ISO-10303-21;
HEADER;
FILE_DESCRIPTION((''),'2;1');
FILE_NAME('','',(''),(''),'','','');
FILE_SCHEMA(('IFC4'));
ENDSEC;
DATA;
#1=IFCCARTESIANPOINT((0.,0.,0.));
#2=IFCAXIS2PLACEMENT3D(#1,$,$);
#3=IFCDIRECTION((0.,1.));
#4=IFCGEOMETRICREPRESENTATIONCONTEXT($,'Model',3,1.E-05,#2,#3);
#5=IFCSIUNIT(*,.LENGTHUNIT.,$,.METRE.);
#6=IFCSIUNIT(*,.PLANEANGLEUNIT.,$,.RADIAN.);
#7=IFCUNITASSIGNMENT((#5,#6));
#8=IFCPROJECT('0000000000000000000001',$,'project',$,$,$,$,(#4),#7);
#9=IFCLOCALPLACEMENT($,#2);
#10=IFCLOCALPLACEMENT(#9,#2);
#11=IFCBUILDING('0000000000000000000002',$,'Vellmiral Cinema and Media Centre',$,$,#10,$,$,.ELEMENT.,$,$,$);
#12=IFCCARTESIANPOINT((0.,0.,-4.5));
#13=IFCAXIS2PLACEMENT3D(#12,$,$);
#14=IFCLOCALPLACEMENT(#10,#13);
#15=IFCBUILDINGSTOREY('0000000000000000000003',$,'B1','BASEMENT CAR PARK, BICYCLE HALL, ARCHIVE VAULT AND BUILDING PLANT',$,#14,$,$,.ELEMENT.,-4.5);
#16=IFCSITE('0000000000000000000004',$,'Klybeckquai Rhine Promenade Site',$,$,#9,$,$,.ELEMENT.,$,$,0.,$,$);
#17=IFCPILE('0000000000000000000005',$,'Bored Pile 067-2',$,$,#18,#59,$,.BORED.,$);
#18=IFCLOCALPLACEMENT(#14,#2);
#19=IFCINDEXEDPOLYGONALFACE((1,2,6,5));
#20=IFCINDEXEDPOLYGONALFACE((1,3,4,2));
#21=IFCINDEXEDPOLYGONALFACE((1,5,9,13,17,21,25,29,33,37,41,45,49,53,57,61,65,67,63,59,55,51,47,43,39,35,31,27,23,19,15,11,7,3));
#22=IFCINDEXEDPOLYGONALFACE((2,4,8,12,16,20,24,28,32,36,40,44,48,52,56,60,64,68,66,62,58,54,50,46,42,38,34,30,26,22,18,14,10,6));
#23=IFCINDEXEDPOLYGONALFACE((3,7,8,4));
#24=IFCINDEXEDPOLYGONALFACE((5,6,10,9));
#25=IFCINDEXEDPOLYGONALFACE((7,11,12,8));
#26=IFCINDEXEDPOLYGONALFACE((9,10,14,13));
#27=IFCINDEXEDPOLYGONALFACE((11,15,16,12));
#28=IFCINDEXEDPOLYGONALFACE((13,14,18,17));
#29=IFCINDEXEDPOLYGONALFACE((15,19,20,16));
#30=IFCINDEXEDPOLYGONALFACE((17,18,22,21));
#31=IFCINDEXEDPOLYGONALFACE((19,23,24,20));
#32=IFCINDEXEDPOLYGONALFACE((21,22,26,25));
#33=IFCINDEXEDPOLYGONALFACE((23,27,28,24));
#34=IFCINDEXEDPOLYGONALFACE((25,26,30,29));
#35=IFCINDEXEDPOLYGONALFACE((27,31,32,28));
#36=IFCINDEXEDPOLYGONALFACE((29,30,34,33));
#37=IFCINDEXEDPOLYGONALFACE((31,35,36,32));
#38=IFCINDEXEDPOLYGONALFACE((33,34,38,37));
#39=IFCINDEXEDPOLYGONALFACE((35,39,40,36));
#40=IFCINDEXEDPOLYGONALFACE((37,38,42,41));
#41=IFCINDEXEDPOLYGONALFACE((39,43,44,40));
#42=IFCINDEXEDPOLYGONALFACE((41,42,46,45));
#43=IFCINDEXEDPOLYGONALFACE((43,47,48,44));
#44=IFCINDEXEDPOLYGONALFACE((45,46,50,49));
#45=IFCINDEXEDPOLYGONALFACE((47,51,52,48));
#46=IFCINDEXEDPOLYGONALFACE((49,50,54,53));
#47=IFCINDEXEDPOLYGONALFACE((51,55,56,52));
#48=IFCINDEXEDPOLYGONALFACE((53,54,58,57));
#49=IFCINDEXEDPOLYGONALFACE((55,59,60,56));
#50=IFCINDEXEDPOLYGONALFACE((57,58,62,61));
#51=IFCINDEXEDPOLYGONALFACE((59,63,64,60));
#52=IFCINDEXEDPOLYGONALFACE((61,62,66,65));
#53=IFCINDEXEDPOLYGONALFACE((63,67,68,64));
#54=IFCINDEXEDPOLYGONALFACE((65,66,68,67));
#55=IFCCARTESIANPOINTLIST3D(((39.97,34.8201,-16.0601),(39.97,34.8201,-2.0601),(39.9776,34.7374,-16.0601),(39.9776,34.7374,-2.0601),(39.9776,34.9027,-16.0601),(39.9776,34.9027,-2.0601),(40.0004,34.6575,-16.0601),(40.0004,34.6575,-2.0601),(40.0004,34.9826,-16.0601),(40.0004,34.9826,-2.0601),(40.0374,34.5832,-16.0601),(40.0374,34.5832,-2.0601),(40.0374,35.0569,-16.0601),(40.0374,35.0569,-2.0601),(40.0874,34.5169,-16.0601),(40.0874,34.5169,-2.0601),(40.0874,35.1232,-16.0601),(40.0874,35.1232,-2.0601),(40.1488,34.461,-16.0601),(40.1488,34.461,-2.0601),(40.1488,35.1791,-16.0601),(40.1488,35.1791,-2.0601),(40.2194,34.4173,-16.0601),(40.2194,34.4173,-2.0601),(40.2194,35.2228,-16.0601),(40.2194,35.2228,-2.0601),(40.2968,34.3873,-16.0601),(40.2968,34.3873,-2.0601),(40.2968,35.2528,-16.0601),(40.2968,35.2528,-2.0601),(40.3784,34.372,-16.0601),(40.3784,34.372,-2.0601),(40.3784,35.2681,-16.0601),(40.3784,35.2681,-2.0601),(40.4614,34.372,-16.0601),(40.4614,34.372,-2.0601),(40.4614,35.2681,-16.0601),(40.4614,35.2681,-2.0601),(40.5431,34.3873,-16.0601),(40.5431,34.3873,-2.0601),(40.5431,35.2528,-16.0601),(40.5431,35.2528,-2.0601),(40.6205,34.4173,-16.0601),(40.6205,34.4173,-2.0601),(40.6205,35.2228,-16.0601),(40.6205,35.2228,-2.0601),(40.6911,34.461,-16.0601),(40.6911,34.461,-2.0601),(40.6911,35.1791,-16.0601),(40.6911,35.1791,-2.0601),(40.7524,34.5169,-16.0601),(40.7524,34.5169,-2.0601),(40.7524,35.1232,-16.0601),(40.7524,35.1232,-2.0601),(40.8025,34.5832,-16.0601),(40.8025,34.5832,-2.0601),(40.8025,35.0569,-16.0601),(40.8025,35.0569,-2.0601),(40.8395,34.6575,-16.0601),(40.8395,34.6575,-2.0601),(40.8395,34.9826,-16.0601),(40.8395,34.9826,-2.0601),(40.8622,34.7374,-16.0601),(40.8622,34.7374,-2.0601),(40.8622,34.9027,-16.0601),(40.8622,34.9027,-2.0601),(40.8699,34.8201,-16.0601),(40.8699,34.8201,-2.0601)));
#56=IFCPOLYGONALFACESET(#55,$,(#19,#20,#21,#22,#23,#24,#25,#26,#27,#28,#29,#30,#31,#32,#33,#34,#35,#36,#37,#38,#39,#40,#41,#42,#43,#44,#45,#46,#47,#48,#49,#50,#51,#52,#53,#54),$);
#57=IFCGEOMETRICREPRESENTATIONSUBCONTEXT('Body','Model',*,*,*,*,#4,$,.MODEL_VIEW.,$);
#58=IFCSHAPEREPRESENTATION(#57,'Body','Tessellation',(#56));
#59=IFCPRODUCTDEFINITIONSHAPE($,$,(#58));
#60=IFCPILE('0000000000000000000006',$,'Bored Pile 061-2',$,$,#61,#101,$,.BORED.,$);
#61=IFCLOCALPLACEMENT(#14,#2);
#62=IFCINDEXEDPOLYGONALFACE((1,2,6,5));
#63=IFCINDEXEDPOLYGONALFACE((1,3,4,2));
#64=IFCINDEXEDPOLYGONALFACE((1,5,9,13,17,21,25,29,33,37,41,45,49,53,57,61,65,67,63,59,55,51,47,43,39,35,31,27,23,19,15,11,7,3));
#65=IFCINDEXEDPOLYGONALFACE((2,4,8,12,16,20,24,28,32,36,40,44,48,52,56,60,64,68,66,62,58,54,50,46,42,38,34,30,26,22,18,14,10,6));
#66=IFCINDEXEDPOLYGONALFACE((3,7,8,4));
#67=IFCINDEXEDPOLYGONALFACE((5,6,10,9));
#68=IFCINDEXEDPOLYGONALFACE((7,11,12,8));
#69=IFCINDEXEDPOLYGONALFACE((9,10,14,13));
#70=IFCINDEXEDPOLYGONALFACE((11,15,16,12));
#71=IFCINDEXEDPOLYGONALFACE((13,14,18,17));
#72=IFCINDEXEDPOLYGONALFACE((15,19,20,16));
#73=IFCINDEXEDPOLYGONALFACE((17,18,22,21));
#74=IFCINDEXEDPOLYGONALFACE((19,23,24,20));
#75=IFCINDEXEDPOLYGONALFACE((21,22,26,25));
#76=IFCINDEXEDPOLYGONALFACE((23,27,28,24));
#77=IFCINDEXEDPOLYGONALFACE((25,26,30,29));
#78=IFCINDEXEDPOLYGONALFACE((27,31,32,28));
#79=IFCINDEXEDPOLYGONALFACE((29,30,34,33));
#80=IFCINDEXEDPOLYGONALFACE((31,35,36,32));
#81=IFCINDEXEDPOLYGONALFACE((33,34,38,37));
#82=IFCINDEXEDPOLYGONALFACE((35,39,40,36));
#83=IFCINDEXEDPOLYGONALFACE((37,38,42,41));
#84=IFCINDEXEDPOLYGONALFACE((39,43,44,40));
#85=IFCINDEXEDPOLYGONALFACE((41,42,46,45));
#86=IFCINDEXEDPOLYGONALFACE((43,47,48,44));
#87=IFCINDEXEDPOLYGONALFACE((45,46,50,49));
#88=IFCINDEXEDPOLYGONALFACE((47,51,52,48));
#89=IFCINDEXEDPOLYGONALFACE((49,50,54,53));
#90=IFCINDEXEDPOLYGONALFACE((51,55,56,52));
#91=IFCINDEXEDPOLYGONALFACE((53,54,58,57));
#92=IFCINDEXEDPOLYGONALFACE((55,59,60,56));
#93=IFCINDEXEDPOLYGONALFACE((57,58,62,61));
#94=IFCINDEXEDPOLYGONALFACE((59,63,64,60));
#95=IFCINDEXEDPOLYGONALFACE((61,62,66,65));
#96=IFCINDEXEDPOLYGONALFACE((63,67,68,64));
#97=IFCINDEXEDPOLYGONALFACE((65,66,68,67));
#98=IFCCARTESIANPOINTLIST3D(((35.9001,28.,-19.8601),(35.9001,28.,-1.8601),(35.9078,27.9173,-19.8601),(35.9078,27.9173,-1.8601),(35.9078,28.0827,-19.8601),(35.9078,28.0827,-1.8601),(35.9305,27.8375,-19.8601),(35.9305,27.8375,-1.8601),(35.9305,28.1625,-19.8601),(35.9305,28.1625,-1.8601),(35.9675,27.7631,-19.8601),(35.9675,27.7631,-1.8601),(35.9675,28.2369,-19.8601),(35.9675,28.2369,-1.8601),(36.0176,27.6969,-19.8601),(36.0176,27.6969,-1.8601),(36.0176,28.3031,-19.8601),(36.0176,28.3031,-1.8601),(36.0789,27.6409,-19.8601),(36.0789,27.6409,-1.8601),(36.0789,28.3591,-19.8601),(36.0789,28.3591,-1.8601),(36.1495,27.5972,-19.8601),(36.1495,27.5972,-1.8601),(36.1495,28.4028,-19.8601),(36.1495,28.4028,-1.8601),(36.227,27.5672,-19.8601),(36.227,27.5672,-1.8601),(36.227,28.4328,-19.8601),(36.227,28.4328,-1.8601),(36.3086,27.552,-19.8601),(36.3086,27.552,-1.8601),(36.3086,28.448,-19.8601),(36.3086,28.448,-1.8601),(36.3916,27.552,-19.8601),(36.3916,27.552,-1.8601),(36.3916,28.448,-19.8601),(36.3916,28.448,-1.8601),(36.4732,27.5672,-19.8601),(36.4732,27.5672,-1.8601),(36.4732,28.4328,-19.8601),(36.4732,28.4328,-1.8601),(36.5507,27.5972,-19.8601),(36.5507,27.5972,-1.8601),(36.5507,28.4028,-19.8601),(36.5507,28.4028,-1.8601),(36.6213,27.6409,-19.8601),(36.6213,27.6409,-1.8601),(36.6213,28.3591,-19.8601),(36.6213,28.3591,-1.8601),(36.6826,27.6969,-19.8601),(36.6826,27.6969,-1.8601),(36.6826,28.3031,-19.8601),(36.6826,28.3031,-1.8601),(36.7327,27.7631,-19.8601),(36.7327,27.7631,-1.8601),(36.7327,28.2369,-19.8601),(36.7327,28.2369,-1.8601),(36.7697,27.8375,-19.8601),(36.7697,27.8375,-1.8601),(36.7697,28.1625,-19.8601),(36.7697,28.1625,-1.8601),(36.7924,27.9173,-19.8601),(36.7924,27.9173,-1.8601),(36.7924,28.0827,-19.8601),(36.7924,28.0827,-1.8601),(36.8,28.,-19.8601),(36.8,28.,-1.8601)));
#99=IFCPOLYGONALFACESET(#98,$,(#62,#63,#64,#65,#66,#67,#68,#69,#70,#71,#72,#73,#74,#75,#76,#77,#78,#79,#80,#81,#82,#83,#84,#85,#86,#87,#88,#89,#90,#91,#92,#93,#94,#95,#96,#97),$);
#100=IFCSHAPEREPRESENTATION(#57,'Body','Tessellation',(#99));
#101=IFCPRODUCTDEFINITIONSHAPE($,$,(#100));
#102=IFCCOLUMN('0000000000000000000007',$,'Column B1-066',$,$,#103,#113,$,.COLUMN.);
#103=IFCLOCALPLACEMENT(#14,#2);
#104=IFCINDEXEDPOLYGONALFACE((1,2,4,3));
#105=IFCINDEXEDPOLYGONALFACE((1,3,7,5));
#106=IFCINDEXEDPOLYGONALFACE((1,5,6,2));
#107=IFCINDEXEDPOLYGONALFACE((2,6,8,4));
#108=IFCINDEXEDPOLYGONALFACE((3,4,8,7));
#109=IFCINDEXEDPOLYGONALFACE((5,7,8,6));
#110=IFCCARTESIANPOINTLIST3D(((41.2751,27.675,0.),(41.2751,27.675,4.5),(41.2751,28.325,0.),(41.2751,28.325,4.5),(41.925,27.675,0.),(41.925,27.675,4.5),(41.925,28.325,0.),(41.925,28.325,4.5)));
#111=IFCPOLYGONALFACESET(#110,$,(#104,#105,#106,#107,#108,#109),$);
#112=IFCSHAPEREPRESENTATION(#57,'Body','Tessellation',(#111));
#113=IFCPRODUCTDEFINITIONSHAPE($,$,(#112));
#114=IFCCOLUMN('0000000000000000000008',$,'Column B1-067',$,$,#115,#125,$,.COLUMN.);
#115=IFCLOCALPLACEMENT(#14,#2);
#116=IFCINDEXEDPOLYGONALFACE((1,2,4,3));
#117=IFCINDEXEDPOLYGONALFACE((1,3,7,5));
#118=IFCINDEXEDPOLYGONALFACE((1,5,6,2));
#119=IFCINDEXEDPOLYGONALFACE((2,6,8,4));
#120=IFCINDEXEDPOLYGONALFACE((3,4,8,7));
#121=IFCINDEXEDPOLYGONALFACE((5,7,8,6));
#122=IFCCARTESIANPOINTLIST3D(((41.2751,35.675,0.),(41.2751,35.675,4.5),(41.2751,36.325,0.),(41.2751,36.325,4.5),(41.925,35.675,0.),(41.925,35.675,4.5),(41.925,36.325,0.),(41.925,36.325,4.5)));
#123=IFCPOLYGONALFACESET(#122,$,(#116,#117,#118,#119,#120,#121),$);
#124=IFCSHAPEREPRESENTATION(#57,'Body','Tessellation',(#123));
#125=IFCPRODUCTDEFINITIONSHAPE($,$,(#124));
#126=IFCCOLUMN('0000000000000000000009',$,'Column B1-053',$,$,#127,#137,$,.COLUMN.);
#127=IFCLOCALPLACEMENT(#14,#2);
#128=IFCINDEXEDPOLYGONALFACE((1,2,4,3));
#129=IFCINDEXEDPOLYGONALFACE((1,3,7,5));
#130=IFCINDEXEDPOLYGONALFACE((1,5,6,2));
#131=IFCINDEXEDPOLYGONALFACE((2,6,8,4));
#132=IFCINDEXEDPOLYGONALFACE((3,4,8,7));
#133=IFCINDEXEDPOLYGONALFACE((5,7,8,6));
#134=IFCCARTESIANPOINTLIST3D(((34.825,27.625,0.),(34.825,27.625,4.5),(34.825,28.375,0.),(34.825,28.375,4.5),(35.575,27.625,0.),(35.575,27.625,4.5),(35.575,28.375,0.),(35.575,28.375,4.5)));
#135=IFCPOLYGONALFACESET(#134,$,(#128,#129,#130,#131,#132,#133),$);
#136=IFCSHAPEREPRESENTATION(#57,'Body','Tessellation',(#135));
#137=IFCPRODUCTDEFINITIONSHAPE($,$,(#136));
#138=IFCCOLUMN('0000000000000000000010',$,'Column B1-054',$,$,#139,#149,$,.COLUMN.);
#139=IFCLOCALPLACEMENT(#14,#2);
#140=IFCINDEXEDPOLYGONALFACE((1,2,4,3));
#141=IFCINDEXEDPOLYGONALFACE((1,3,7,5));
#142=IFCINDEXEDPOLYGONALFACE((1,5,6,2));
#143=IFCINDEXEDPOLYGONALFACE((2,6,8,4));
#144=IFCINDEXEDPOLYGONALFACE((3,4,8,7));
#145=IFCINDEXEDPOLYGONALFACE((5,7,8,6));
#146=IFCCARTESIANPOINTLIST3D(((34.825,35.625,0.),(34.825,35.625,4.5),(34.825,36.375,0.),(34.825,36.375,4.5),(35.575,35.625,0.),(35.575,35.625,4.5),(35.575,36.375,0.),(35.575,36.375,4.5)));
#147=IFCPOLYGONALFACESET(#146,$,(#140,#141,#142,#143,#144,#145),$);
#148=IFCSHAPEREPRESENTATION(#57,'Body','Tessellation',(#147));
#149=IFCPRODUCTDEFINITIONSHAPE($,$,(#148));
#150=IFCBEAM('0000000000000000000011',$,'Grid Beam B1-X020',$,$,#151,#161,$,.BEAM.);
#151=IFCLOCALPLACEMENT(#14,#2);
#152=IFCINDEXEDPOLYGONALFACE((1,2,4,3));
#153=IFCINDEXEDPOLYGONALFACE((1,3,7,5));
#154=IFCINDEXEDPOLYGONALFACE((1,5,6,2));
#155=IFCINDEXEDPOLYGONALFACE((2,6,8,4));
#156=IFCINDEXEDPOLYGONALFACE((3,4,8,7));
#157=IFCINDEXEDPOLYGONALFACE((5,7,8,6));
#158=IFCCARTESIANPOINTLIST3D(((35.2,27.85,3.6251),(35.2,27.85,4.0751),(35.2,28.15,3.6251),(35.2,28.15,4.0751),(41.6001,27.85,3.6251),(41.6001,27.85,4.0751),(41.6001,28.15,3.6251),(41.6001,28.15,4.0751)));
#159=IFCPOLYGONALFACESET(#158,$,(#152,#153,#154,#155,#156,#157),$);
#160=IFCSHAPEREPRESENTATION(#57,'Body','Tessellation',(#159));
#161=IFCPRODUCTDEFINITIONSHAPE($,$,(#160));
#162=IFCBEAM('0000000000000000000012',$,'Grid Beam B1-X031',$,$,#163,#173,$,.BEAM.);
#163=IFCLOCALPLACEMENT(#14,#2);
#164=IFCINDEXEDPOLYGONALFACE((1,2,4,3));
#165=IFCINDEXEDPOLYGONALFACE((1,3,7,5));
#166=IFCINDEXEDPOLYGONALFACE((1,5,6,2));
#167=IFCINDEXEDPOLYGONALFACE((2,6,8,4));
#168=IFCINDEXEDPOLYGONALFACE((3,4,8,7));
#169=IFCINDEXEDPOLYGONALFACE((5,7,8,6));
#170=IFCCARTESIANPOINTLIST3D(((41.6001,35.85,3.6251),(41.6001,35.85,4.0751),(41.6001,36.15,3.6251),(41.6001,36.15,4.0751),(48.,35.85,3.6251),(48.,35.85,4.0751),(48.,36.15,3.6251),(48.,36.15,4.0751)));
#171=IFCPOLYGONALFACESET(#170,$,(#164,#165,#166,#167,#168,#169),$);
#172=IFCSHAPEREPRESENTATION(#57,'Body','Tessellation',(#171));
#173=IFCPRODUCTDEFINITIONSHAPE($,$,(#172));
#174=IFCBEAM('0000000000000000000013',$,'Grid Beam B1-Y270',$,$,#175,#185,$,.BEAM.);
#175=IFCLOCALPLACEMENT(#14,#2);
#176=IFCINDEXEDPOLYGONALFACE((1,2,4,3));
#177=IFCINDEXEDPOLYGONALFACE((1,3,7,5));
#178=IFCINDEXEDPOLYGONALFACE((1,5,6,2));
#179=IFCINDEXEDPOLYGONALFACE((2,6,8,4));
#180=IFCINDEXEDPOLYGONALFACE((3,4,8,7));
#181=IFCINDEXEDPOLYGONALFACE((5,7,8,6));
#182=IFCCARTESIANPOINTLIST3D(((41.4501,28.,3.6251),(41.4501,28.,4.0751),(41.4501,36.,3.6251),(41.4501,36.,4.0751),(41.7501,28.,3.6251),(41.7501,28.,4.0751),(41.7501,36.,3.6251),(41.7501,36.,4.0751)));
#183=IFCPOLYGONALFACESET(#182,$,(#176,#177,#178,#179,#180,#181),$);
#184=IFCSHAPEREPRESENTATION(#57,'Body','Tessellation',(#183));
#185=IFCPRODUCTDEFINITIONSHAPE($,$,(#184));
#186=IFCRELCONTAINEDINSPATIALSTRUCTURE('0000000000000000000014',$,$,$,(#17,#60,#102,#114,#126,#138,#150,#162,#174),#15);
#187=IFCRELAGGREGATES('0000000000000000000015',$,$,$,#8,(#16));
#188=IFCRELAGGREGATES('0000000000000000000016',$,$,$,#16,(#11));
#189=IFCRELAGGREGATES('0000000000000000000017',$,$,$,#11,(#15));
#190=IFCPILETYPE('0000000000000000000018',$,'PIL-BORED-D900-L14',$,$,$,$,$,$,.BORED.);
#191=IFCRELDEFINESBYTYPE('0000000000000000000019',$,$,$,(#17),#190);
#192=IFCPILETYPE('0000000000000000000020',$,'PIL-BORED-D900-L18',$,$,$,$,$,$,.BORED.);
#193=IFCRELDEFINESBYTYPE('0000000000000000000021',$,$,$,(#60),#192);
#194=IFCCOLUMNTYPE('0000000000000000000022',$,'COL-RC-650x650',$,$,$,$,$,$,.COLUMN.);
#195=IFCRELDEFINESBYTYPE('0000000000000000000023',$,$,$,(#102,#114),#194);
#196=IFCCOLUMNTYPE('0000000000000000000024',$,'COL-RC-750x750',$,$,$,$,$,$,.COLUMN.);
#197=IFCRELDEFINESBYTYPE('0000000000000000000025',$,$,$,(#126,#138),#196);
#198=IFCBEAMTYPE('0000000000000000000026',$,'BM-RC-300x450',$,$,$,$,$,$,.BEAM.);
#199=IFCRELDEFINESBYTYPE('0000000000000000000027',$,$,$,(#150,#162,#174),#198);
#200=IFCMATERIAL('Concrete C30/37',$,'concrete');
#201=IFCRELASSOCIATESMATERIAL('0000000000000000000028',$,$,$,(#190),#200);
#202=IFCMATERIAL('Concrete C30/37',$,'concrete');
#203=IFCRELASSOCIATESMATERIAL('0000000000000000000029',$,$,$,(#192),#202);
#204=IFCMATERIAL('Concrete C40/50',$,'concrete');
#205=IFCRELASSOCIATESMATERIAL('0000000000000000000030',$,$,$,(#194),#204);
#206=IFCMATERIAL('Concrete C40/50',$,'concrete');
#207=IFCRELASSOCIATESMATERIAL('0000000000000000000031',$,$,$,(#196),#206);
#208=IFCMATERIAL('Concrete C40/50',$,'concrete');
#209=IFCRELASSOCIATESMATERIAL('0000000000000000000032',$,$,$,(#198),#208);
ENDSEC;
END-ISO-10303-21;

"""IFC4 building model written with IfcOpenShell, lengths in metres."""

from ifc_helpers import new_model, si_unit, direction, frame, origin, origin_2d, place, context, subcontext, project, spatial, rectangle, circle, extrude, material, material_profile, profile_set, type_object, element, save


model = new_model("IFC4")

# Units and contexts
model_context = context("Model", 3, precision=1e-05, world=origin(), true_north=direction((0.0, 1.0)))
body_context = subcontext(model_context, "Body", "Model", "MODEL_VIEW")
ifc_project = project(units=[si_unit("LENGTHUNIT", "METRE"), si_unit("PLANEANGLEUNIT", "RADIAN")], contexts=[model_context])

# Site, building, storey
site_placement = place(None, origin())
site = spatial("IfcSite", under=ifc_project, at=site_placement, Name="Klybeckquai Rhine Promenade Site", CompositionType="ELEMENT", RefElevation=0.0)
building_placement = place(site_placement, origin())
building = spatial("IfcBuilding", under=site, at=building_placement, Name="Vellmiral Cinema and Media Centre", CompositionType="ELEMENT")
storey_placement = place(building_placement, frame((0.0, 0.0, -4.5)))
storey = spatial("IfcBuildingStorey", under=building, at=storey_placement, Name="B1", Description="BASEMENT CAR PARK, BICYCLE HALL, ARCHIVE VAULT AND BUILDING PLANT", CompositionType="ELEMENT", Elevation=-4.5)

# Piles
ifc_material_1 = material(Name="Concrete C30/37", Category="concrete")
ifc_material_profile_1 = material_profile(ifc_material_1, circle(Radius=0.45, at=origin_2d()), Name="PILE D900")
ifc_profile_set_1 = profile_set([ifc_material_profile_1], Name="Concrete C30/37")
pile_type_1 = type_object("IfcPileType", Name="PIL-BORED-D900-L14", PredefinedType="BORED", material=ifc_profile_set_1)
pile_1_placement = place(storey_placement, frame((40.4199, 34.8201, -2.0601), z_axis=(0.0, 0.0, -1.0), x_axis=(1.0, 0.0, 0.0)))
element("IfcPile", 1, at=pile_1_placement, inside=storey, type_object=pile_type_1, Name="Bored Pile 067-2", PredefinedType="BORED", context=body_context, shape_type="SweptSolid", body=[
    extrude(circle(Radius=0.45, at=origin_2d()), origin(), (0.0, 0.0, 1.0), 14.0),
])
ifc_material_2 = material(Name="Concrete C30/37", Category="concrete")
ifc_material_profile_2 = material_profile(ifc_material_2, circle(Radius=0.45, at=origin_2d()), Name="PILE D900")
ifc_profile_set_2 = profile_set([ifc_material_profile_2], Name="Concrete C30/37")
pile_type_2 = type_object("IfcPileType", Name="PIL-BORED-D900-L18", PredefinedType="BORED", material=ifc_profile_set_2)
pile_2_placement = place(storey_placement, frame((36.3501, 28.0, -1.8601), z_axis=(0.0, 0.0, -1.0), x_axis=(1.0, 0.0, 0.0)))
element("IfcPile", 2, at=pile_2_placement, inside=storey, type_object=pile_type_2, Name="Bored Pile 061-2", PredefinedType="BORED", context=body_context, shape_type="SweptSolid", body=[
    extrude(circle(Radius=0.45, at=origin_2d()), origin(), (0.0, 0.0, 1.0), 18.0),
])

# Columns
ifc_material_3 = material(Name="Concrete C40/50", Category="concrete")
ifc_material_profile_3 = material_profile(ifc_material_3, rectangle(XDim=0.6499, YDim=0.6499, at=origin_2d()), Name="RC 650x650")
ifc_profile_set_3 = profile_set([ifc_material_profile_3], Name="Concrete C40/50")
column_type_1 = type_object("IfcColumnType", Name="COL-RC-650x650", PredefinedType="COLUMN", material=ifc_profile_set_3)
for number, where, z_axis, x_axis, name in (
    (3, (41.6001, 28.0, 0.0), (0.0, 0.0, 1.0), (1.0, 0.0, 0.0), "Column B1-066"),
    (4, (41.6001, 36.0, 0.0), (0.0, 0.0, 1.0), (1.0, 0.0, 0.0), "Column B1-067"),
):
    element("IfcColumn", number, at=place(storey_placement, frame(where, z_axis=z_axis, x_axis=x_axis)), inside=storey, type_object=column_type_1, Name=name, PredefinedType="COLUMN", context=body_context, shape_type="SweptSolid", body=[
        extrude(rectangle(XDim=0.6499, YDim=0.6499, at=origin_2d()), origin(), (0.0, 0.0, 1.0), 4.5),
    ])
ifc_material_4 = material(Name="Concrete C40/50", Category="concrete")
ifc_material_profile_4 = material_profile(ifc_material_4, rectangle(XDim=0.75, YDim=0.75, at=origin_2d()), Name="RC 750x750")
ifc_profile_set_4 = profile_set([ifc_material_profile_4], Name="Concrete C40/50")
column_type_2 = type_object("IfcColumnType", Name="COL-RC-750x750", PredefinedType="COLUMN", material=ifc_profile_set_4)
for number, where, z_axis, x_axis, name in (
    (5, (35.2, 28.0, 0.0), (0.0, 0.0, 1.0), (1.0, 0.0, 0.0), "Column B1-053"),
    (6, (35.2, 36.0, 0.0), (0.0, 0.0, 1.0), (1.0, 0.0, 0.0), "Column B1-054"),
):
    element("IfcColumn", number, at=place(storey_placement, frame(where, z_axis=z_axis, x_axis=x_axis)), inside=storey, type_object=column_type_2, Name=name, PredefinedType="COLUMN", context=body_context, shape_type="SweptSolid", body=[
        extrude(rectangle(XDim=0.75, YDim=0.75, at=origin_2d()), origin(), (0.0, 0.0, 1.0), 4.5),
    ])

# Beams
ifc_material_5 = material(Name="Concrete C40/50", Category="concrete")
ifc_material_profile_5 = material_profile(ifc_material_5, rectangle(XDim=0.3, YDim=0.45, at=origin_2d()), Name="RC 300x450")
ifc_profile_set_5 = profile_set([ifc_material_profile_5], Name="Concrete C40/50")
beam_type_1 = type_object("IfcBeamType", Name="BM-RC-300x450", PredefinedType="BEAM", material=ifc_profile_set_5)
beam_1_placement = place(storey_placement, frame((35.2, 28.0, 3.8501), z_axis=(1.0, 0.0, 0.0), x_axis=(0.0, 1.0, 0.0)))
element("IfcBeam", 7, at=beam_1_placement, inside=storey, type_object=beam_type_1, Name="Grid Beam B1-X020", PredefinedType="BEAM", context=body_context, shape_type="SweptSolid", body=[
    extrude(rectangle(XDim=0.3, YDim=0.45, at=origin_2d()), origin(), (0.0, 0.0, 1.0), 6.4001),
])
beam_2_placement = place(storey_placement, frame((41.6001, 36.0, 3.8501), z_axis=(1.0, 0.0, 0.0), x_axis=(0.0, 1.0, 0.0)))
element("IfcBeam", 8, at=beam_2_placement, inside=storey, type_object=beam_type_1, Name="Grid Beam B1-X031", PredefinedType="BEAM", context=body_context, shape_type="SweptSolid", body=[
    extrude(rectangle(XDim=0.3, YDim=0.45, at=origin_2d()), origin(), (0.0, 0.0, 1.0), 6.3999),
])
beam_3_placement = place(storey_placement, frame((41.6001, 28.0, 3.8501), z_axis=(0.0, 1.0, 0.0), x_axis=(-1.0, 0.0, 0.0)))
element("IfcBeam", 9, at=beam_3_placement, inside=storey, type_object=beam_type_1, Name="Grid Beam B1-Y270", PredefinedType="BEAM", context=body_context, shape_type="SweptSolid", body=[
    extrude(rectangle(XDim=0.3, YDim=0.45, at=origin_2d()), origin(), (0.0, 0.0, 1.0), 8.0),
])

save(model, "model.ifc")
